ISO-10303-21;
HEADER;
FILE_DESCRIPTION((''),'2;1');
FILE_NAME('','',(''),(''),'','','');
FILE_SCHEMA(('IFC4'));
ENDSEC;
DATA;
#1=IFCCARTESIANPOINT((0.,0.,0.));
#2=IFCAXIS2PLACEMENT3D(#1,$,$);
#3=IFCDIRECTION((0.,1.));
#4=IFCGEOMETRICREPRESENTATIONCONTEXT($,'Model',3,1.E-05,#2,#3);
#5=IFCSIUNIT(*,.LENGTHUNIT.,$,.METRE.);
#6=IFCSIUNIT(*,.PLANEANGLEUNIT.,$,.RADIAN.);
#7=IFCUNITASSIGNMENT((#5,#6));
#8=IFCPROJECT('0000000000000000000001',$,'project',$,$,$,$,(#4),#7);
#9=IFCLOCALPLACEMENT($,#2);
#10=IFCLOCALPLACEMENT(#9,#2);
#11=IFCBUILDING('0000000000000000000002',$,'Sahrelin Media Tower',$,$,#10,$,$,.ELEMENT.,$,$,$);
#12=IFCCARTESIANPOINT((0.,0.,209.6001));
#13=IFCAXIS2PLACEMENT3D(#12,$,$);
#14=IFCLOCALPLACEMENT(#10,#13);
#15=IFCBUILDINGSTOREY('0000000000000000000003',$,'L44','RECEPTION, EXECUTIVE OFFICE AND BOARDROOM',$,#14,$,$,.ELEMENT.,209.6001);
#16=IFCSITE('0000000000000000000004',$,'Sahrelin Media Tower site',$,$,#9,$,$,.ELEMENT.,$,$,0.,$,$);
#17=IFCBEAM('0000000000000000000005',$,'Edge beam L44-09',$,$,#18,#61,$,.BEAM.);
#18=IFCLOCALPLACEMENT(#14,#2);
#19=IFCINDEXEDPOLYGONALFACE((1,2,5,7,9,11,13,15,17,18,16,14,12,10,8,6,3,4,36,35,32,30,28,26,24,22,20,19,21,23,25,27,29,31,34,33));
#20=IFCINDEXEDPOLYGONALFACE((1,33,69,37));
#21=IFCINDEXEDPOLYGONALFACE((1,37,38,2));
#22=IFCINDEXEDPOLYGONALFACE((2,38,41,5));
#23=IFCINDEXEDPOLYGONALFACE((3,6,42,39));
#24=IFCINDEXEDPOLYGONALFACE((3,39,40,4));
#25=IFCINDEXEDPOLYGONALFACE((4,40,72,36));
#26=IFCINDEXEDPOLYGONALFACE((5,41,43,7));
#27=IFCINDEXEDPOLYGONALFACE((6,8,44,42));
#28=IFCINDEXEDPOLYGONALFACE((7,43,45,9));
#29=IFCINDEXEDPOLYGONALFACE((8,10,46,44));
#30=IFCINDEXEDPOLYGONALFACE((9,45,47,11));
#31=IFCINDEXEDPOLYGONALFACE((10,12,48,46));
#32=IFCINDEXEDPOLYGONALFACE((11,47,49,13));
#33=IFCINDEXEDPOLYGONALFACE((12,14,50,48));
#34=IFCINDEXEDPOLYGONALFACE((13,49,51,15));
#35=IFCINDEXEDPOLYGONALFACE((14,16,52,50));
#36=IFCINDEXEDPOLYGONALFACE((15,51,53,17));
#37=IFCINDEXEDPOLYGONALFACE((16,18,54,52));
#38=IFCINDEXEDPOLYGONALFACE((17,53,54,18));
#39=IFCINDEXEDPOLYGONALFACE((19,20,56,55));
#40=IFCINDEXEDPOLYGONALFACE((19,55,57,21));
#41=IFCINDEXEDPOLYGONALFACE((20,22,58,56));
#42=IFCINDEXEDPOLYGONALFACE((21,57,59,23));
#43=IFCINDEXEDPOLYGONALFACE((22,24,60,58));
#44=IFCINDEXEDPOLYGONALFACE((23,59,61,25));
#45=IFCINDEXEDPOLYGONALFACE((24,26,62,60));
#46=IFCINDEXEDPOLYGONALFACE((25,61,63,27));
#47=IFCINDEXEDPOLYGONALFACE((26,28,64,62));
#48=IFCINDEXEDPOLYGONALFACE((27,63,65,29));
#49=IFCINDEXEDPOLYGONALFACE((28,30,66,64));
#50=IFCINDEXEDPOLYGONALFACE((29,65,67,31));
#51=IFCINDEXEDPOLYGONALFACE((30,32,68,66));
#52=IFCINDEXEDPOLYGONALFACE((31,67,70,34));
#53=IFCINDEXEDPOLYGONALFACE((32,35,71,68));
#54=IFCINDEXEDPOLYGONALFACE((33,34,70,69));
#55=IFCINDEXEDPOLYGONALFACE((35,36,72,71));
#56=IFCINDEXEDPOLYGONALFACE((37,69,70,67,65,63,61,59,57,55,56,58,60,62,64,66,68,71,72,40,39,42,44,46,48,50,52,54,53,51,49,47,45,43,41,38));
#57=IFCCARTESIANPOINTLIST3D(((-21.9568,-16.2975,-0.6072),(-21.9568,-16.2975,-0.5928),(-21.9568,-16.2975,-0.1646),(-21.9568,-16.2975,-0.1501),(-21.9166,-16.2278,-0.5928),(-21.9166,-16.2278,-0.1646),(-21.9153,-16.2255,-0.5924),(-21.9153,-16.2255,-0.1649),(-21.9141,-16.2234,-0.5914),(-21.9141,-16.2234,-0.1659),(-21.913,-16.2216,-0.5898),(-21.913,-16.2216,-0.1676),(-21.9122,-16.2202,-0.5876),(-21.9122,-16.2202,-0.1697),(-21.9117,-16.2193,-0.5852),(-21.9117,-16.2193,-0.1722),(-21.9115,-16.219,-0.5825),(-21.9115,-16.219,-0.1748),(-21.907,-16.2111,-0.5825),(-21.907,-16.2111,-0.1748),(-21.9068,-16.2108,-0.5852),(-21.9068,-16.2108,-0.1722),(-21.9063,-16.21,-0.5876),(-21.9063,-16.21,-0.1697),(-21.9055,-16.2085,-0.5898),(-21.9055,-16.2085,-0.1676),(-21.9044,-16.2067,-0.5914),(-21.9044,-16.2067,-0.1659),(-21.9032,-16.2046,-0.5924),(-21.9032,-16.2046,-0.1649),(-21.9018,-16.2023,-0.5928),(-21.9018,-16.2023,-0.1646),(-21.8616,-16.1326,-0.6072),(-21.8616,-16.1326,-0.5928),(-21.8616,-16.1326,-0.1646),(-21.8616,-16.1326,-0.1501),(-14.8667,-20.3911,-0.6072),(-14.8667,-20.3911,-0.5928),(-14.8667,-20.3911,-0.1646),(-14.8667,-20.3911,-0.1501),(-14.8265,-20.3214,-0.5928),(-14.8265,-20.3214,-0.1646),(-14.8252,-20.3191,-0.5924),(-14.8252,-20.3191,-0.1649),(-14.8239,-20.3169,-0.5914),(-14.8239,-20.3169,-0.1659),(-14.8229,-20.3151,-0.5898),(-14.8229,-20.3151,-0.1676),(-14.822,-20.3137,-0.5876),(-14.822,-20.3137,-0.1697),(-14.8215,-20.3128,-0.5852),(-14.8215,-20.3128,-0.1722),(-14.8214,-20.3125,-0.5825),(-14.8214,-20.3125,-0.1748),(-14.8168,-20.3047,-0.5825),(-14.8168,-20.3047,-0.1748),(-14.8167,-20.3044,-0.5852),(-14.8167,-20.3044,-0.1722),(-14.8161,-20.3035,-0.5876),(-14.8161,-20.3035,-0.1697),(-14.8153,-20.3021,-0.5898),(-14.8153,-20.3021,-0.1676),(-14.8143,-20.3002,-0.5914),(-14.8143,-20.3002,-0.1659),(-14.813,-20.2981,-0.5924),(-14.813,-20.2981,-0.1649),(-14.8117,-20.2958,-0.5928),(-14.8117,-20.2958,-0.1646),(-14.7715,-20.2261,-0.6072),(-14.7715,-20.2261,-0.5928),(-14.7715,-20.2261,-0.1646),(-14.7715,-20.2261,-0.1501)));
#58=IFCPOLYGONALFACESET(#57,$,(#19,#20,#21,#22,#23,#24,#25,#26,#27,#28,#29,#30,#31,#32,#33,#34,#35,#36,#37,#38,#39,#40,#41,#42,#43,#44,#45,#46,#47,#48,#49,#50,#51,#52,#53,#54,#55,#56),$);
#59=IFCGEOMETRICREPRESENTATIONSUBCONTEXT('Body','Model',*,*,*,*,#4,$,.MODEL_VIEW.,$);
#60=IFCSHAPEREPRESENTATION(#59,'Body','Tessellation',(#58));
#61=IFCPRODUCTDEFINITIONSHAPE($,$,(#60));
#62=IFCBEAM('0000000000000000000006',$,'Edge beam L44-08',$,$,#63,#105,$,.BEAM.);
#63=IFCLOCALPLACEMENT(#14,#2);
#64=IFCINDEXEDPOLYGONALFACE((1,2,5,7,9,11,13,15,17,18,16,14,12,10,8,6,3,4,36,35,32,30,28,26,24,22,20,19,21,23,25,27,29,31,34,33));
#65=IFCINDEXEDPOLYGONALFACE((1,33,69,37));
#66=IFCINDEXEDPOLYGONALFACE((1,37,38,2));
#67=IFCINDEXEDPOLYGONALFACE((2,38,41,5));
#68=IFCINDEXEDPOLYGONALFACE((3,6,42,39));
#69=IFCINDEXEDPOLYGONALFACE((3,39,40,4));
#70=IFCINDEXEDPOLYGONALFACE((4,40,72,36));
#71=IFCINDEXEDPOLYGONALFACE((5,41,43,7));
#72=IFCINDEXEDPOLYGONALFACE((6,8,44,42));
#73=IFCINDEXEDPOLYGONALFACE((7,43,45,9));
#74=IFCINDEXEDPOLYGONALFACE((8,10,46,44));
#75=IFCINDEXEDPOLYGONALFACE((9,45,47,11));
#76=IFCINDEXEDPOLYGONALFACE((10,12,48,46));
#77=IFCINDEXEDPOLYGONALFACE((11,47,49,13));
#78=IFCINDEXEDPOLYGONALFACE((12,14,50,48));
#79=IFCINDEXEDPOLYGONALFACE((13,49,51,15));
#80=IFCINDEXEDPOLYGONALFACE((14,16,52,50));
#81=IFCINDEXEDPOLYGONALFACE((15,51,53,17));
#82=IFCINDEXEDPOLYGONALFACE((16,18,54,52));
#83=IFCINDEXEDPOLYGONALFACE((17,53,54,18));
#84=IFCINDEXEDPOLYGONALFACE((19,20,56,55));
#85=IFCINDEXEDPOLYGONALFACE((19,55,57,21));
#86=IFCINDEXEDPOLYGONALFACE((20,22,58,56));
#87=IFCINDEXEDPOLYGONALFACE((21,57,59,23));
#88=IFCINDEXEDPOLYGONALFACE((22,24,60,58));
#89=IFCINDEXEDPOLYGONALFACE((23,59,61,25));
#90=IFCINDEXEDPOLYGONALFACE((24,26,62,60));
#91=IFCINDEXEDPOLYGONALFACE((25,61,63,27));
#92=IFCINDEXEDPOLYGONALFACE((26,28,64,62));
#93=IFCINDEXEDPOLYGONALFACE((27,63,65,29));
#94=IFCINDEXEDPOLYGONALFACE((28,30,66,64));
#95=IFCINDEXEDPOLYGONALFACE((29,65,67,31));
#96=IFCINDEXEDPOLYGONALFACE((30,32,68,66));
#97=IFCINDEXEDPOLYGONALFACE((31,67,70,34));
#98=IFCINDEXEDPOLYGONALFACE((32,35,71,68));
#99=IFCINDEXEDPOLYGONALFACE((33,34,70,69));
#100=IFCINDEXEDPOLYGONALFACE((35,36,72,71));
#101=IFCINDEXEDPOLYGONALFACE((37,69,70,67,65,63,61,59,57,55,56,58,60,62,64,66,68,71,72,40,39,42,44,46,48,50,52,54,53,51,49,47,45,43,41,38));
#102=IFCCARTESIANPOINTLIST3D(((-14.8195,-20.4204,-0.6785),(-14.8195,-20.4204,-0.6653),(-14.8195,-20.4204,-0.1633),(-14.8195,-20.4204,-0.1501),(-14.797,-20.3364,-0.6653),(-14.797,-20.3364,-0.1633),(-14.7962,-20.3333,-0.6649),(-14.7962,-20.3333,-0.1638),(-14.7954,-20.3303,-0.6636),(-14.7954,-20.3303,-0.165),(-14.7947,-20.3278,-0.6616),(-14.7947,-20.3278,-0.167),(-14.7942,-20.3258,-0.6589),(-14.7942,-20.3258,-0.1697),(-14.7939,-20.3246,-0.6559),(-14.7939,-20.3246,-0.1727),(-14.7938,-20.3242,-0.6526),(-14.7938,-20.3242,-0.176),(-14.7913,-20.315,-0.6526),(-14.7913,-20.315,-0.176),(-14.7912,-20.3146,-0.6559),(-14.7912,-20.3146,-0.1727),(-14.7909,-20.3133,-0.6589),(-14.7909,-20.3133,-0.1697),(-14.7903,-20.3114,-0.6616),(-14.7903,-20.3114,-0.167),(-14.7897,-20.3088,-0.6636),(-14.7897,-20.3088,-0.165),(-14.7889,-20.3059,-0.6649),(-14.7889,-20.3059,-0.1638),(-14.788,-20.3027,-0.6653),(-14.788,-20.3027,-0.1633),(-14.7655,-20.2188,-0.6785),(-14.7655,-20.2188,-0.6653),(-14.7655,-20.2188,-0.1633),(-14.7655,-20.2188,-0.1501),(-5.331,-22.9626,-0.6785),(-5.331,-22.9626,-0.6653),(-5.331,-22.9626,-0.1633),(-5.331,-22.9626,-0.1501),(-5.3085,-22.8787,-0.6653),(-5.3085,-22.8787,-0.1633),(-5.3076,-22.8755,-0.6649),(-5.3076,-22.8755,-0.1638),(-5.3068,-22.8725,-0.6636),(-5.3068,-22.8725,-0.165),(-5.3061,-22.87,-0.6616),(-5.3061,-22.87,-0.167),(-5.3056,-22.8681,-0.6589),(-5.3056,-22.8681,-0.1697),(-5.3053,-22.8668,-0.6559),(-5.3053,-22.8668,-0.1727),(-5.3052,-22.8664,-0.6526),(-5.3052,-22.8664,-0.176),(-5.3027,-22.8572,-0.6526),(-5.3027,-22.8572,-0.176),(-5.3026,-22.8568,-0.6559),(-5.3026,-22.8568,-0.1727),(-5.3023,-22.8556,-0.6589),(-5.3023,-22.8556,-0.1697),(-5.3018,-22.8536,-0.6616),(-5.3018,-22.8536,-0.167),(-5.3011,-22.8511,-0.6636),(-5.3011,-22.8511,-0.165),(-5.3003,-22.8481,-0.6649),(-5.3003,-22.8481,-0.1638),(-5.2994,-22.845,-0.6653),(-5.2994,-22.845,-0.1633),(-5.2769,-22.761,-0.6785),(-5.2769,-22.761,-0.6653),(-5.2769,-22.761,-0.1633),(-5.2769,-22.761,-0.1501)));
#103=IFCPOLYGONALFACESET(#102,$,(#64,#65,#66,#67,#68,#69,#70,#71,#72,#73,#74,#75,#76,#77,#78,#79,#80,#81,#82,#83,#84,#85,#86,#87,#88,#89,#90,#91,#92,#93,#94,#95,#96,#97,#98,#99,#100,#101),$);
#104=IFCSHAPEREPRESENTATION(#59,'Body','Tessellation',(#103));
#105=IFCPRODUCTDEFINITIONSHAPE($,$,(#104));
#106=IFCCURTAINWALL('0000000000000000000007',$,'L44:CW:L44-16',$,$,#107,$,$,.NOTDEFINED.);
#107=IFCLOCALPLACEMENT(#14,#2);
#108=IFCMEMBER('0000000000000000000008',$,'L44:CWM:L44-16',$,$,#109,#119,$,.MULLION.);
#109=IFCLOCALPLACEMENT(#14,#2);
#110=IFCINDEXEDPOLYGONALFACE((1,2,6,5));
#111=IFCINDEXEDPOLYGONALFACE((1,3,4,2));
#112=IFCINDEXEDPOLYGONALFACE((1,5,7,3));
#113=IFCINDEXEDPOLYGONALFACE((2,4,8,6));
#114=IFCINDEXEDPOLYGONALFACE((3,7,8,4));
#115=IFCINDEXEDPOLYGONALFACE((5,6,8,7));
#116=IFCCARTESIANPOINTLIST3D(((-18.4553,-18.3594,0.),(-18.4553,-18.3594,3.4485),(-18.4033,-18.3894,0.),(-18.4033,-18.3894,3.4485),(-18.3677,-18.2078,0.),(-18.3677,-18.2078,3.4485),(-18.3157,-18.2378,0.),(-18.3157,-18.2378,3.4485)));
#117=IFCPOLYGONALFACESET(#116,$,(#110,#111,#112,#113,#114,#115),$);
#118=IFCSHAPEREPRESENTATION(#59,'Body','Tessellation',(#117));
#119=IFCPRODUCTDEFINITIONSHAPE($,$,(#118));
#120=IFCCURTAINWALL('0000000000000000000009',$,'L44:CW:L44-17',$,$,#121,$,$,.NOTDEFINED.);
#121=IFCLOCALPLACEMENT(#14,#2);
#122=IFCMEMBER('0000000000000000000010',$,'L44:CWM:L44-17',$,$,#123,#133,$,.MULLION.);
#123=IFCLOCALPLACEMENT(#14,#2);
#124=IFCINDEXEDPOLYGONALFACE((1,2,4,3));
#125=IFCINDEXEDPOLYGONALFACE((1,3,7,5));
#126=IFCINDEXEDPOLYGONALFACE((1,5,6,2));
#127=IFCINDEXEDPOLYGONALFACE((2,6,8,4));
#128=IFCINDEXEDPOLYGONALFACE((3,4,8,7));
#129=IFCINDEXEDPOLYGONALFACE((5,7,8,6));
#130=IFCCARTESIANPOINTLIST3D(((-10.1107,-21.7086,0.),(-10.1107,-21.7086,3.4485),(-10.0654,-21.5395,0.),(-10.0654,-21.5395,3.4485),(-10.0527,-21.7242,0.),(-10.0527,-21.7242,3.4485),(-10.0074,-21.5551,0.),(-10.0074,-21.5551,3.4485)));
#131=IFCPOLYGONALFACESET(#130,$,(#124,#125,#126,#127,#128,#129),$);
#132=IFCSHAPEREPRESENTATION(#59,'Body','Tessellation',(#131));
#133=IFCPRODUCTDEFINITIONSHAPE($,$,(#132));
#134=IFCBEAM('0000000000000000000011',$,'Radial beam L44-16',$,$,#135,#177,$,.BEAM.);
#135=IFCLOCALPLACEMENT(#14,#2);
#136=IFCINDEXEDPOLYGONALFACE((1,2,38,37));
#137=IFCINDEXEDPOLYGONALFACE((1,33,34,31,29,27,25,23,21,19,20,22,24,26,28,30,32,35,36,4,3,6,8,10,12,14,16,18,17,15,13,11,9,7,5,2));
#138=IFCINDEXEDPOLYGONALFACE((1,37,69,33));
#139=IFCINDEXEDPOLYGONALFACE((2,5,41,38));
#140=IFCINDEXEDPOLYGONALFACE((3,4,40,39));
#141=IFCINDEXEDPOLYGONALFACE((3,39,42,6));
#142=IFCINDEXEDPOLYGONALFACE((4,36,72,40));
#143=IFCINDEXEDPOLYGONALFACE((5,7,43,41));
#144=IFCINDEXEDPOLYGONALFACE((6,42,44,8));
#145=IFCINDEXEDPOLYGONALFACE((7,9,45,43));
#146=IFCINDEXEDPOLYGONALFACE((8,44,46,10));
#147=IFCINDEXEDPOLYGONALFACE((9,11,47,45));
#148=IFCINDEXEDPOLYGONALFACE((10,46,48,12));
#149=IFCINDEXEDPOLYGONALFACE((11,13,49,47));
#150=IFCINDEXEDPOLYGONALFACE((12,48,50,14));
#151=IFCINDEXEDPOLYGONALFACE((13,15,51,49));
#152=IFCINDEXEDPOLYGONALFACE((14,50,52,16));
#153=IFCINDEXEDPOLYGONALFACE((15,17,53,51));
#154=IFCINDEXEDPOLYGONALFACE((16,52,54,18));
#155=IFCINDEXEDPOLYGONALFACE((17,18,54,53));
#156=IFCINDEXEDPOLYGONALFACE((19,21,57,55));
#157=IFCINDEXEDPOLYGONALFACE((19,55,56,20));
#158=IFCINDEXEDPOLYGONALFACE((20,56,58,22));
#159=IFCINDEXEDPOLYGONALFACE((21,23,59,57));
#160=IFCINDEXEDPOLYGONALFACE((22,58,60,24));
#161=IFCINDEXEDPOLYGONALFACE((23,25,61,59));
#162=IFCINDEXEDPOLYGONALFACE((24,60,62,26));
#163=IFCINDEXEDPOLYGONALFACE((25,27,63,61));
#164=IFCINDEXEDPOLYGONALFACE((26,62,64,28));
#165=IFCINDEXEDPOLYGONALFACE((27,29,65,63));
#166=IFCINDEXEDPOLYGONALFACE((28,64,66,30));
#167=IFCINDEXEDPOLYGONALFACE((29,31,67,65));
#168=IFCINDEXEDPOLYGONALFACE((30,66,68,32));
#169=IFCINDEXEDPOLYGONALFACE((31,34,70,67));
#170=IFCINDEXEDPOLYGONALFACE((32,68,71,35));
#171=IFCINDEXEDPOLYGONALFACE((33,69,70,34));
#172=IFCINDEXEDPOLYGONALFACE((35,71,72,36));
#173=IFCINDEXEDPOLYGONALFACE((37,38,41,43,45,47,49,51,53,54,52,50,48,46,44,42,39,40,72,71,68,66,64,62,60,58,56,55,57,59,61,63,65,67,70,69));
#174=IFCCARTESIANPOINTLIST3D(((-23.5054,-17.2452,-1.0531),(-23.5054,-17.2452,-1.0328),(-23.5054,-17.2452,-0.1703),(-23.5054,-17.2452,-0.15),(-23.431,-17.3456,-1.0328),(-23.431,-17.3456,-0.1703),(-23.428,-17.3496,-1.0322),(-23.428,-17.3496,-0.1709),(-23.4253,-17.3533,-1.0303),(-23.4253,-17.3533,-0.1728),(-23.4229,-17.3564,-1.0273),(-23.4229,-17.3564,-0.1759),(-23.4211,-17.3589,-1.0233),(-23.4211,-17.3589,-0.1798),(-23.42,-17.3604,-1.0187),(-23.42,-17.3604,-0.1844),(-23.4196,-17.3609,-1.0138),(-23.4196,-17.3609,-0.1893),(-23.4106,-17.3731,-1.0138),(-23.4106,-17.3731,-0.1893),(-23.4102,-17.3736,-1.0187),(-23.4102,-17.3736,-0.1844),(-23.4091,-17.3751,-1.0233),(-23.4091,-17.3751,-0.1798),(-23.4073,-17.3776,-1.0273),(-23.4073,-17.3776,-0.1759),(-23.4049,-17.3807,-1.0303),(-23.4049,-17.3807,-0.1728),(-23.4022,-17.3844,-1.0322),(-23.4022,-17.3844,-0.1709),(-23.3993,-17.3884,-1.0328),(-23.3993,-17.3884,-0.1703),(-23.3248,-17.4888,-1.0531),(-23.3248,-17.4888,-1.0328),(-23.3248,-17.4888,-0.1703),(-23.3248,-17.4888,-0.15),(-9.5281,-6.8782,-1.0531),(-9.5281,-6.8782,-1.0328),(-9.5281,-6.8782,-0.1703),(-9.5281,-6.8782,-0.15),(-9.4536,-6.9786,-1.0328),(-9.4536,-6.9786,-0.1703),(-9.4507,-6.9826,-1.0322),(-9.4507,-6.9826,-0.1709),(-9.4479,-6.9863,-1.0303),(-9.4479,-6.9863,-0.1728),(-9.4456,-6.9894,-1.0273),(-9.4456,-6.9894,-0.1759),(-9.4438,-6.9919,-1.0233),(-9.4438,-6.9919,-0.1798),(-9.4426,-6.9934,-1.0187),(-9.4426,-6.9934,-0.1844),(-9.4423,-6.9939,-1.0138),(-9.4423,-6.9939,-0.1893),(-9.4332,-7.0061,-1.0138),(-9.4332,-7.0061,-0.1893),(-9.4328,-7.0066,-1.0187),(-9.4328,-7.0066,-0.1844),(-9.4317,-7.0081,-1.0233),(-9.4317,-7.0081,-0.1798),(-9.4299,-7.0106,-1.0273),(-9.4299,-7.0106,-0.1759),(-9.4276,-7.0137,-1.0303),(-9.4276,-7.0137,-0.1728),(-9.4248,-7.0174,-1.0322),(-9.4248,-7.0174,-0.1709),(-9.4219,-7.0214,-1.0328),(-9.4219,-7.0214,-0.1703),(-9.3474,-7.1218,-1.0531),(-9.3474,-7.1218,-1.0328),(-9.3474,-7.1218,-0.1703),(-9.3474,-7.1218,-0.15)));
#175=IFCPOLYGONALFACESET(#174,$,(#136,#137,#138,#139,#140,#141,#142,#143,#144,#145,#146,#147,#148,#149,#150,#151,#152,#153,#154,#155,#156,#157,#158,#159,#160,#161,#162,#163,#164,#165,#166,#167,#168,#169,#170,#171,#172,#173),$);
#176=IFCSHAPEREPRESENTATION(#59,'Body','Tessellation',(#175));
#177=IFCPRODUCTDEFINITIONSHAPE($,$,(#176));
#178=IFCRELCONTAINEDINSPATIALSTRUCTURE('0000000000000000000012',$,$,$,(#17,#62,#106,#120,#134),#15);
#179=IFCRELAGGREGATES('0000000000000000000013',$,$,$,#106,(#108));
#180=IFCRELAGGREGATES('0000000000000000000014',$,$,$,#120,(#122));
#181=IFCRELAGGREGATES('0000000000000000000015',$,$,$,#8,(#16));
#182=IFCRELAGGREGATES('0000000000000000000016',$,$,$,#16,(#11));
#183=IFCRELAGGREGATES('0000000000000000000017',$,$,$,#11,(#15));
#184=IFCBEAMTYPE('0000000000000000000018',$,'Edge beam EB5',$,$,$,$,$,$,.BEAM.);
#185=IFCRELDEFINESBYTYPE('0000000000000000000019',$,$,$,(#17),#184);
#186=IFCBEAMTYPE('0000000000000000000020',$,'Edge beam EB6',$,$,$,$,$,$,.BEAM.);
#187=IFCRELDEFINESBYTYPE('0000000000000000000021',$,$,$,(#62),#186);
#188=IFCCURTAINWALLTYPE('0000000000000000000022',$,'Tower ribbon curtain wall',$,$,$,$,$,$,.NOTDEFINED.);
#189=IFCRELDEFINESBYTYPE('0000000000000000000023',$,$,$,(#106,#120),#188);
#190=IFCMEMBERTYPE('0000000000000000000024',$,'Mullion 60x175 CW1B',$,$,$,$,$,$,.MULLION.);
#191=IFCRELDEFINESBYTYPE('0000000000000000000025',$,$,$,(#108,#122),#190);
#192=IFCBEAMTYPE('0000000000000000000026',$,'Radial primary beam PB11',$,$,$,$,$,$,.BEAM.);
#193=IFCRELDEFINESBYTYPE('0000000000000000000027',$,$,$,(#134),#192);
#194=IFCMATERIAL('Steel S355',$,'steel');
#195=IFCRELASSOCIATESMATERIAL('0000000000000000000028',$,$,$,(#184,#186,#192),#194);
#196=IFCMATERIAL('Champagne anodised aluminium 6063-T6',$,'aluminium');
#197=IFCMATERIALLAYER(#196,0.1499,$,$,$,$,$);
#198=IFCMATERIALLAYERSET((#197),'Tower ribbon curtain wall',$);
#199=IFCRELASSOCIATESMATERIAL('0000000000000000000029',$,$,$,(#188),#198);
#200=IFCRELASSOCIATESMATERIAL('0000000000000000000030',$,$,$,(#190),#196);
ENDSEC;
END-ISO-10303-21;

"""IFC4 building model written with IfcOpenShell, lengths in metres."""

from ifc_helpers import new_model, si_unit, direction, frame, origin, origin_2d, place, context, subcontext, project, spatial, rectangle, i_section, extrude, material, layer, layer_set, material_profile, profile_set, type_object, element, aggregate, save


model = new_model("IFC4")

# Units and contexts
model_context = context("Model", 3, precision=1e-05, world=origin(), true_north=direction((0.0, 1.0)))
body_context = subcontext(model_context, "Body", "Model", "MODEL_VIEW")
ifc_project = project(units=[si_unit("LENGTHUNIT", "METRE"), si_unit("PLANEANGLEUNIT", "RADIAN")], contexts=[model_context])

# Site, building, storey
site_placement = place(None, origin())
site = spatial("IfcSite", under=ifc_project, at=site_placement, Name="Sahrelin Media Tower site", CompositionType="ELEMENT", RefElevation=0.0)
building_placement = place(site_placement, origin())
building = spatial("IfcBuilding", under=site, at=building_placement, Name="Sahrelin Media Tower", CompositionType="ELEMENT")
storey_placement = place(building_placement, frame((0.0, 0.0, 209.6001)))
storey = spatial("IfcBuildingStorey", under=building, at=storey_placement, Name="L44", Description="RECEPTION, EXECUTIVE OFFICE AND BOARDROOM", CompositionType="ELEMENT", Elevation=209.6001)

# Beams
ifc_material_1 = material(Name="Steel S355", Category="steel")
ifc_material_profile_1 = material_profile(ifc_material_1, i_section(OverallWidth=0.1904, OverallDepth=0.457, WebThickness=0.009, FlangeThickness=0.0144, FilletRadius=0.0103, at=origin_2d()), Name="UB 457x191x74")
ifc_profile_set_1 = profile_set([ifc_material_profile_1], Name="Steel S355")
beam_type_1 = type_object("IfcBeamType", Name="Edge beam EB5", PredefinedType="BEAM", material=ifc_profile_set_1)
beam_1_placement = place(storey_placement, frame((-14.8191, -20.3086, -0.3787), z_axis=(-0.866023, 0.500004, 0.0), x_axis=(-0.500004, -0.866023, 0.0)))
element("IfcBeam", 1, at=beam_1_placement, inside=storey, type_object=beam_type_1, Name="Edge beam L44-09", PredefinedType="BEAM", context=body_context, shape_type="SweptSolid", body=[
    extrude(i_section(OverallWidth=0.1904, OverallDepth=0.457, WebThickness=0.009, FlangeThickness=0.0144, FilletRadius=0.0103, at=origin_2d()), origin(), (0.0, 0.0, 1.0), 8.187),
])
ifc_material_profile_2 = material_profile(ifc_material_1, i_section(OverallWidth=0.2087, OverallDepth=0.5283, WebThickness=0.0095, FlangeThickness=0.0132, FilletRadius=0.0127, at=origin_2d()), Name="UB 533x210x82")
ifc_profile_set_2 = profile_set([ifc_material_profile_2], Name="Steel S355")
beam_type_2 = type_object("IfcBeamType", Name="Edge beam EB6", PredefinedType="BEAM", material=ifc_profile_set_2)
beam_2_placement = place(storey_placement, frame((-5.304, -22.8618, -0.4143), z_axis=(-0.965931, 0.258799, 0.0), x_axis=(-0.258799, -0.965931, 0.0)))
element("IfcBeam", 2, at=beam_2_placement, inside=storey, type_object=beam_type_2, Name="Edge beam L44-08", PredefinedType="BEAM", context=body_context, shape_type="SweptSolid", body=[
    extrude(i_section(OverallWidth=0.2087, OverallDepth=0.5283, WebThickness=0.0095, FlangeThickness=0.0132, FilletRadius=0.0127, at=origin_2d()), origin(), (0.0, 0.0, 1.0), 9.8232),
])

# Curtain walls, members
ifc_material_2 = material(Name="Champagne anodised aluminium 6063-T6", Category="aluminium")
ifc_layer_1 = layer(ifc_material_2, 0.1499)
ifc_layer_set_1 = layer_set([ifc_layer_1], Name="Tower ribbon curtain wall")
curtain_wall_type = type_object("IfcCurtainWallType", Name="Tower ribbon curtain wall", PredefinedType="NOTDEFINED", material=ifc_layer_set_1)
curtain_wall_1_placement = place(storey_placement, frame((-18.4392, -18.3916, 0.0), z_axis=(0.0, 0.0, 1.0), x_axis=(1.0, 0.0, 0.0)))
curtain_wall_1 = element("IfcCurtainWall", 3, at=curtain_wall_1_placement, inside=storey, type_object=curtain_wall_type, Name="L44:CW:L44-16", PredefinedType="NOTDEFINED")
ifc_material_profile_3 = material_profile(ifc_material_2, rectangle(XDim=0.0601, YDim=0.175, at=origin_2d()), Name="Mullion 60x175")
ifc_profile_set_3 = profile_set([ifc_material_profile_3], Name="Champagne anodised aluminium 6063-T6")
member_type_1 = type_object("IfcMemberType", Name="Mullion 60x175 CW1B", PredefinedType="MULLION", material=ifc_profile_set_3)
member_1_placement = place(storey_placement, frame((-18.3855, -18.2986, 0.0), z_axis=(0.0, 0.0, 1.0), x_axis=(0.866024, -0.500003, 0.0)))
member_1 = element("IfcMember", 4, at=member_1_placement, type_object=member_type_1, Name="L44:CWM:L44-16", PredefinedType="MULLION", context=body_context, shape_type="SweptSolid", body=[
    extrude(rectangle(XDim=0.0601, YDim=0.175, at=origin_2d()), origin(), (0.0, 0.0, 1.0), 3.4485),
])
aggregate(curtain_wall_1, [member_1])
curtain_wall_2_placement = place(storey_placement, frame((-10.0872, -21.7356, 0.0), z_axis=(0.0, 0.0, 1.0), x_axis=(1.0, 0.0, 0.0)))
curtain_wall_2 = element("IfcCurtainWall", 5, at=curtain_wall_2_placement, inside=storey, type_object=curtain_wall_type, Name="L44:CW:L44-17", PredefinedType="NOTDEFINED")
member_2_placement = place(storey_placement, frame((-10.0591, -21.6318, 0.0), z_axis=(0.0, 0.0, 1.0), x_axis=(0.965928, -0.258812, 0.0)))
member_2 = element("IfcMember", 6, at=member_2_placement, type_object=member_type_1, Name="L44:CWM:L44-17", PredefinedType="MULLION", context=body_context, shape_type="SweptSolid", body=[
    extrude(rectangle(XDim=0.0601, YDim=0.175, at=origin_2d()), origin(), (0.0, 0.0, 1.0), 3.4485),
])

# Beam
ifc_material_profile_4 = material_profile(ifc_material_1, i_section(OverallWidth=0.3032, OverallDepth=0.9031, WebThickness=0.0151, FlangeThickness=0.0203, FilletRadius=0.019, at=origin_2d()), Name="UB 914x305x201")
ifc_profile_set_4 = profile_set([ifc_material_profile_4], Name="Steel S355")
beam_type_3 = type_object("IfcBeamType", Name="Radial primary beam PB11", PredefinedType="BEAM", material=ifc_profile_set_4)
beam_3_placement = place(storey_placement, frame((-9.4377, -7.0, -0.6016), z_axis=(-0.803189, -0.595724, 0.0), x_axis=(0.595724, -0.803189, 0.0)))
element("IfcBeam", 7, at=beam_3_placement, inside=storey, type_object=beam_type_3, Name="Radial beam L44-16", PredefinedType="BEAM", context=body_context, shape_type="SweptSolid", body=[
    extrude(i_section(OverallWidth=0.3032, OverallDepth=0.9031, WebThickness=0.0151, FlangeThickness=0.0203, FilletRadius=0.019, at=origin_2d()), origin(), (0.0, 0.0, 1.0), 17.4023),
])

aggregate(curtain_wall_2, [member_2])

save(model, "model.ifc")
